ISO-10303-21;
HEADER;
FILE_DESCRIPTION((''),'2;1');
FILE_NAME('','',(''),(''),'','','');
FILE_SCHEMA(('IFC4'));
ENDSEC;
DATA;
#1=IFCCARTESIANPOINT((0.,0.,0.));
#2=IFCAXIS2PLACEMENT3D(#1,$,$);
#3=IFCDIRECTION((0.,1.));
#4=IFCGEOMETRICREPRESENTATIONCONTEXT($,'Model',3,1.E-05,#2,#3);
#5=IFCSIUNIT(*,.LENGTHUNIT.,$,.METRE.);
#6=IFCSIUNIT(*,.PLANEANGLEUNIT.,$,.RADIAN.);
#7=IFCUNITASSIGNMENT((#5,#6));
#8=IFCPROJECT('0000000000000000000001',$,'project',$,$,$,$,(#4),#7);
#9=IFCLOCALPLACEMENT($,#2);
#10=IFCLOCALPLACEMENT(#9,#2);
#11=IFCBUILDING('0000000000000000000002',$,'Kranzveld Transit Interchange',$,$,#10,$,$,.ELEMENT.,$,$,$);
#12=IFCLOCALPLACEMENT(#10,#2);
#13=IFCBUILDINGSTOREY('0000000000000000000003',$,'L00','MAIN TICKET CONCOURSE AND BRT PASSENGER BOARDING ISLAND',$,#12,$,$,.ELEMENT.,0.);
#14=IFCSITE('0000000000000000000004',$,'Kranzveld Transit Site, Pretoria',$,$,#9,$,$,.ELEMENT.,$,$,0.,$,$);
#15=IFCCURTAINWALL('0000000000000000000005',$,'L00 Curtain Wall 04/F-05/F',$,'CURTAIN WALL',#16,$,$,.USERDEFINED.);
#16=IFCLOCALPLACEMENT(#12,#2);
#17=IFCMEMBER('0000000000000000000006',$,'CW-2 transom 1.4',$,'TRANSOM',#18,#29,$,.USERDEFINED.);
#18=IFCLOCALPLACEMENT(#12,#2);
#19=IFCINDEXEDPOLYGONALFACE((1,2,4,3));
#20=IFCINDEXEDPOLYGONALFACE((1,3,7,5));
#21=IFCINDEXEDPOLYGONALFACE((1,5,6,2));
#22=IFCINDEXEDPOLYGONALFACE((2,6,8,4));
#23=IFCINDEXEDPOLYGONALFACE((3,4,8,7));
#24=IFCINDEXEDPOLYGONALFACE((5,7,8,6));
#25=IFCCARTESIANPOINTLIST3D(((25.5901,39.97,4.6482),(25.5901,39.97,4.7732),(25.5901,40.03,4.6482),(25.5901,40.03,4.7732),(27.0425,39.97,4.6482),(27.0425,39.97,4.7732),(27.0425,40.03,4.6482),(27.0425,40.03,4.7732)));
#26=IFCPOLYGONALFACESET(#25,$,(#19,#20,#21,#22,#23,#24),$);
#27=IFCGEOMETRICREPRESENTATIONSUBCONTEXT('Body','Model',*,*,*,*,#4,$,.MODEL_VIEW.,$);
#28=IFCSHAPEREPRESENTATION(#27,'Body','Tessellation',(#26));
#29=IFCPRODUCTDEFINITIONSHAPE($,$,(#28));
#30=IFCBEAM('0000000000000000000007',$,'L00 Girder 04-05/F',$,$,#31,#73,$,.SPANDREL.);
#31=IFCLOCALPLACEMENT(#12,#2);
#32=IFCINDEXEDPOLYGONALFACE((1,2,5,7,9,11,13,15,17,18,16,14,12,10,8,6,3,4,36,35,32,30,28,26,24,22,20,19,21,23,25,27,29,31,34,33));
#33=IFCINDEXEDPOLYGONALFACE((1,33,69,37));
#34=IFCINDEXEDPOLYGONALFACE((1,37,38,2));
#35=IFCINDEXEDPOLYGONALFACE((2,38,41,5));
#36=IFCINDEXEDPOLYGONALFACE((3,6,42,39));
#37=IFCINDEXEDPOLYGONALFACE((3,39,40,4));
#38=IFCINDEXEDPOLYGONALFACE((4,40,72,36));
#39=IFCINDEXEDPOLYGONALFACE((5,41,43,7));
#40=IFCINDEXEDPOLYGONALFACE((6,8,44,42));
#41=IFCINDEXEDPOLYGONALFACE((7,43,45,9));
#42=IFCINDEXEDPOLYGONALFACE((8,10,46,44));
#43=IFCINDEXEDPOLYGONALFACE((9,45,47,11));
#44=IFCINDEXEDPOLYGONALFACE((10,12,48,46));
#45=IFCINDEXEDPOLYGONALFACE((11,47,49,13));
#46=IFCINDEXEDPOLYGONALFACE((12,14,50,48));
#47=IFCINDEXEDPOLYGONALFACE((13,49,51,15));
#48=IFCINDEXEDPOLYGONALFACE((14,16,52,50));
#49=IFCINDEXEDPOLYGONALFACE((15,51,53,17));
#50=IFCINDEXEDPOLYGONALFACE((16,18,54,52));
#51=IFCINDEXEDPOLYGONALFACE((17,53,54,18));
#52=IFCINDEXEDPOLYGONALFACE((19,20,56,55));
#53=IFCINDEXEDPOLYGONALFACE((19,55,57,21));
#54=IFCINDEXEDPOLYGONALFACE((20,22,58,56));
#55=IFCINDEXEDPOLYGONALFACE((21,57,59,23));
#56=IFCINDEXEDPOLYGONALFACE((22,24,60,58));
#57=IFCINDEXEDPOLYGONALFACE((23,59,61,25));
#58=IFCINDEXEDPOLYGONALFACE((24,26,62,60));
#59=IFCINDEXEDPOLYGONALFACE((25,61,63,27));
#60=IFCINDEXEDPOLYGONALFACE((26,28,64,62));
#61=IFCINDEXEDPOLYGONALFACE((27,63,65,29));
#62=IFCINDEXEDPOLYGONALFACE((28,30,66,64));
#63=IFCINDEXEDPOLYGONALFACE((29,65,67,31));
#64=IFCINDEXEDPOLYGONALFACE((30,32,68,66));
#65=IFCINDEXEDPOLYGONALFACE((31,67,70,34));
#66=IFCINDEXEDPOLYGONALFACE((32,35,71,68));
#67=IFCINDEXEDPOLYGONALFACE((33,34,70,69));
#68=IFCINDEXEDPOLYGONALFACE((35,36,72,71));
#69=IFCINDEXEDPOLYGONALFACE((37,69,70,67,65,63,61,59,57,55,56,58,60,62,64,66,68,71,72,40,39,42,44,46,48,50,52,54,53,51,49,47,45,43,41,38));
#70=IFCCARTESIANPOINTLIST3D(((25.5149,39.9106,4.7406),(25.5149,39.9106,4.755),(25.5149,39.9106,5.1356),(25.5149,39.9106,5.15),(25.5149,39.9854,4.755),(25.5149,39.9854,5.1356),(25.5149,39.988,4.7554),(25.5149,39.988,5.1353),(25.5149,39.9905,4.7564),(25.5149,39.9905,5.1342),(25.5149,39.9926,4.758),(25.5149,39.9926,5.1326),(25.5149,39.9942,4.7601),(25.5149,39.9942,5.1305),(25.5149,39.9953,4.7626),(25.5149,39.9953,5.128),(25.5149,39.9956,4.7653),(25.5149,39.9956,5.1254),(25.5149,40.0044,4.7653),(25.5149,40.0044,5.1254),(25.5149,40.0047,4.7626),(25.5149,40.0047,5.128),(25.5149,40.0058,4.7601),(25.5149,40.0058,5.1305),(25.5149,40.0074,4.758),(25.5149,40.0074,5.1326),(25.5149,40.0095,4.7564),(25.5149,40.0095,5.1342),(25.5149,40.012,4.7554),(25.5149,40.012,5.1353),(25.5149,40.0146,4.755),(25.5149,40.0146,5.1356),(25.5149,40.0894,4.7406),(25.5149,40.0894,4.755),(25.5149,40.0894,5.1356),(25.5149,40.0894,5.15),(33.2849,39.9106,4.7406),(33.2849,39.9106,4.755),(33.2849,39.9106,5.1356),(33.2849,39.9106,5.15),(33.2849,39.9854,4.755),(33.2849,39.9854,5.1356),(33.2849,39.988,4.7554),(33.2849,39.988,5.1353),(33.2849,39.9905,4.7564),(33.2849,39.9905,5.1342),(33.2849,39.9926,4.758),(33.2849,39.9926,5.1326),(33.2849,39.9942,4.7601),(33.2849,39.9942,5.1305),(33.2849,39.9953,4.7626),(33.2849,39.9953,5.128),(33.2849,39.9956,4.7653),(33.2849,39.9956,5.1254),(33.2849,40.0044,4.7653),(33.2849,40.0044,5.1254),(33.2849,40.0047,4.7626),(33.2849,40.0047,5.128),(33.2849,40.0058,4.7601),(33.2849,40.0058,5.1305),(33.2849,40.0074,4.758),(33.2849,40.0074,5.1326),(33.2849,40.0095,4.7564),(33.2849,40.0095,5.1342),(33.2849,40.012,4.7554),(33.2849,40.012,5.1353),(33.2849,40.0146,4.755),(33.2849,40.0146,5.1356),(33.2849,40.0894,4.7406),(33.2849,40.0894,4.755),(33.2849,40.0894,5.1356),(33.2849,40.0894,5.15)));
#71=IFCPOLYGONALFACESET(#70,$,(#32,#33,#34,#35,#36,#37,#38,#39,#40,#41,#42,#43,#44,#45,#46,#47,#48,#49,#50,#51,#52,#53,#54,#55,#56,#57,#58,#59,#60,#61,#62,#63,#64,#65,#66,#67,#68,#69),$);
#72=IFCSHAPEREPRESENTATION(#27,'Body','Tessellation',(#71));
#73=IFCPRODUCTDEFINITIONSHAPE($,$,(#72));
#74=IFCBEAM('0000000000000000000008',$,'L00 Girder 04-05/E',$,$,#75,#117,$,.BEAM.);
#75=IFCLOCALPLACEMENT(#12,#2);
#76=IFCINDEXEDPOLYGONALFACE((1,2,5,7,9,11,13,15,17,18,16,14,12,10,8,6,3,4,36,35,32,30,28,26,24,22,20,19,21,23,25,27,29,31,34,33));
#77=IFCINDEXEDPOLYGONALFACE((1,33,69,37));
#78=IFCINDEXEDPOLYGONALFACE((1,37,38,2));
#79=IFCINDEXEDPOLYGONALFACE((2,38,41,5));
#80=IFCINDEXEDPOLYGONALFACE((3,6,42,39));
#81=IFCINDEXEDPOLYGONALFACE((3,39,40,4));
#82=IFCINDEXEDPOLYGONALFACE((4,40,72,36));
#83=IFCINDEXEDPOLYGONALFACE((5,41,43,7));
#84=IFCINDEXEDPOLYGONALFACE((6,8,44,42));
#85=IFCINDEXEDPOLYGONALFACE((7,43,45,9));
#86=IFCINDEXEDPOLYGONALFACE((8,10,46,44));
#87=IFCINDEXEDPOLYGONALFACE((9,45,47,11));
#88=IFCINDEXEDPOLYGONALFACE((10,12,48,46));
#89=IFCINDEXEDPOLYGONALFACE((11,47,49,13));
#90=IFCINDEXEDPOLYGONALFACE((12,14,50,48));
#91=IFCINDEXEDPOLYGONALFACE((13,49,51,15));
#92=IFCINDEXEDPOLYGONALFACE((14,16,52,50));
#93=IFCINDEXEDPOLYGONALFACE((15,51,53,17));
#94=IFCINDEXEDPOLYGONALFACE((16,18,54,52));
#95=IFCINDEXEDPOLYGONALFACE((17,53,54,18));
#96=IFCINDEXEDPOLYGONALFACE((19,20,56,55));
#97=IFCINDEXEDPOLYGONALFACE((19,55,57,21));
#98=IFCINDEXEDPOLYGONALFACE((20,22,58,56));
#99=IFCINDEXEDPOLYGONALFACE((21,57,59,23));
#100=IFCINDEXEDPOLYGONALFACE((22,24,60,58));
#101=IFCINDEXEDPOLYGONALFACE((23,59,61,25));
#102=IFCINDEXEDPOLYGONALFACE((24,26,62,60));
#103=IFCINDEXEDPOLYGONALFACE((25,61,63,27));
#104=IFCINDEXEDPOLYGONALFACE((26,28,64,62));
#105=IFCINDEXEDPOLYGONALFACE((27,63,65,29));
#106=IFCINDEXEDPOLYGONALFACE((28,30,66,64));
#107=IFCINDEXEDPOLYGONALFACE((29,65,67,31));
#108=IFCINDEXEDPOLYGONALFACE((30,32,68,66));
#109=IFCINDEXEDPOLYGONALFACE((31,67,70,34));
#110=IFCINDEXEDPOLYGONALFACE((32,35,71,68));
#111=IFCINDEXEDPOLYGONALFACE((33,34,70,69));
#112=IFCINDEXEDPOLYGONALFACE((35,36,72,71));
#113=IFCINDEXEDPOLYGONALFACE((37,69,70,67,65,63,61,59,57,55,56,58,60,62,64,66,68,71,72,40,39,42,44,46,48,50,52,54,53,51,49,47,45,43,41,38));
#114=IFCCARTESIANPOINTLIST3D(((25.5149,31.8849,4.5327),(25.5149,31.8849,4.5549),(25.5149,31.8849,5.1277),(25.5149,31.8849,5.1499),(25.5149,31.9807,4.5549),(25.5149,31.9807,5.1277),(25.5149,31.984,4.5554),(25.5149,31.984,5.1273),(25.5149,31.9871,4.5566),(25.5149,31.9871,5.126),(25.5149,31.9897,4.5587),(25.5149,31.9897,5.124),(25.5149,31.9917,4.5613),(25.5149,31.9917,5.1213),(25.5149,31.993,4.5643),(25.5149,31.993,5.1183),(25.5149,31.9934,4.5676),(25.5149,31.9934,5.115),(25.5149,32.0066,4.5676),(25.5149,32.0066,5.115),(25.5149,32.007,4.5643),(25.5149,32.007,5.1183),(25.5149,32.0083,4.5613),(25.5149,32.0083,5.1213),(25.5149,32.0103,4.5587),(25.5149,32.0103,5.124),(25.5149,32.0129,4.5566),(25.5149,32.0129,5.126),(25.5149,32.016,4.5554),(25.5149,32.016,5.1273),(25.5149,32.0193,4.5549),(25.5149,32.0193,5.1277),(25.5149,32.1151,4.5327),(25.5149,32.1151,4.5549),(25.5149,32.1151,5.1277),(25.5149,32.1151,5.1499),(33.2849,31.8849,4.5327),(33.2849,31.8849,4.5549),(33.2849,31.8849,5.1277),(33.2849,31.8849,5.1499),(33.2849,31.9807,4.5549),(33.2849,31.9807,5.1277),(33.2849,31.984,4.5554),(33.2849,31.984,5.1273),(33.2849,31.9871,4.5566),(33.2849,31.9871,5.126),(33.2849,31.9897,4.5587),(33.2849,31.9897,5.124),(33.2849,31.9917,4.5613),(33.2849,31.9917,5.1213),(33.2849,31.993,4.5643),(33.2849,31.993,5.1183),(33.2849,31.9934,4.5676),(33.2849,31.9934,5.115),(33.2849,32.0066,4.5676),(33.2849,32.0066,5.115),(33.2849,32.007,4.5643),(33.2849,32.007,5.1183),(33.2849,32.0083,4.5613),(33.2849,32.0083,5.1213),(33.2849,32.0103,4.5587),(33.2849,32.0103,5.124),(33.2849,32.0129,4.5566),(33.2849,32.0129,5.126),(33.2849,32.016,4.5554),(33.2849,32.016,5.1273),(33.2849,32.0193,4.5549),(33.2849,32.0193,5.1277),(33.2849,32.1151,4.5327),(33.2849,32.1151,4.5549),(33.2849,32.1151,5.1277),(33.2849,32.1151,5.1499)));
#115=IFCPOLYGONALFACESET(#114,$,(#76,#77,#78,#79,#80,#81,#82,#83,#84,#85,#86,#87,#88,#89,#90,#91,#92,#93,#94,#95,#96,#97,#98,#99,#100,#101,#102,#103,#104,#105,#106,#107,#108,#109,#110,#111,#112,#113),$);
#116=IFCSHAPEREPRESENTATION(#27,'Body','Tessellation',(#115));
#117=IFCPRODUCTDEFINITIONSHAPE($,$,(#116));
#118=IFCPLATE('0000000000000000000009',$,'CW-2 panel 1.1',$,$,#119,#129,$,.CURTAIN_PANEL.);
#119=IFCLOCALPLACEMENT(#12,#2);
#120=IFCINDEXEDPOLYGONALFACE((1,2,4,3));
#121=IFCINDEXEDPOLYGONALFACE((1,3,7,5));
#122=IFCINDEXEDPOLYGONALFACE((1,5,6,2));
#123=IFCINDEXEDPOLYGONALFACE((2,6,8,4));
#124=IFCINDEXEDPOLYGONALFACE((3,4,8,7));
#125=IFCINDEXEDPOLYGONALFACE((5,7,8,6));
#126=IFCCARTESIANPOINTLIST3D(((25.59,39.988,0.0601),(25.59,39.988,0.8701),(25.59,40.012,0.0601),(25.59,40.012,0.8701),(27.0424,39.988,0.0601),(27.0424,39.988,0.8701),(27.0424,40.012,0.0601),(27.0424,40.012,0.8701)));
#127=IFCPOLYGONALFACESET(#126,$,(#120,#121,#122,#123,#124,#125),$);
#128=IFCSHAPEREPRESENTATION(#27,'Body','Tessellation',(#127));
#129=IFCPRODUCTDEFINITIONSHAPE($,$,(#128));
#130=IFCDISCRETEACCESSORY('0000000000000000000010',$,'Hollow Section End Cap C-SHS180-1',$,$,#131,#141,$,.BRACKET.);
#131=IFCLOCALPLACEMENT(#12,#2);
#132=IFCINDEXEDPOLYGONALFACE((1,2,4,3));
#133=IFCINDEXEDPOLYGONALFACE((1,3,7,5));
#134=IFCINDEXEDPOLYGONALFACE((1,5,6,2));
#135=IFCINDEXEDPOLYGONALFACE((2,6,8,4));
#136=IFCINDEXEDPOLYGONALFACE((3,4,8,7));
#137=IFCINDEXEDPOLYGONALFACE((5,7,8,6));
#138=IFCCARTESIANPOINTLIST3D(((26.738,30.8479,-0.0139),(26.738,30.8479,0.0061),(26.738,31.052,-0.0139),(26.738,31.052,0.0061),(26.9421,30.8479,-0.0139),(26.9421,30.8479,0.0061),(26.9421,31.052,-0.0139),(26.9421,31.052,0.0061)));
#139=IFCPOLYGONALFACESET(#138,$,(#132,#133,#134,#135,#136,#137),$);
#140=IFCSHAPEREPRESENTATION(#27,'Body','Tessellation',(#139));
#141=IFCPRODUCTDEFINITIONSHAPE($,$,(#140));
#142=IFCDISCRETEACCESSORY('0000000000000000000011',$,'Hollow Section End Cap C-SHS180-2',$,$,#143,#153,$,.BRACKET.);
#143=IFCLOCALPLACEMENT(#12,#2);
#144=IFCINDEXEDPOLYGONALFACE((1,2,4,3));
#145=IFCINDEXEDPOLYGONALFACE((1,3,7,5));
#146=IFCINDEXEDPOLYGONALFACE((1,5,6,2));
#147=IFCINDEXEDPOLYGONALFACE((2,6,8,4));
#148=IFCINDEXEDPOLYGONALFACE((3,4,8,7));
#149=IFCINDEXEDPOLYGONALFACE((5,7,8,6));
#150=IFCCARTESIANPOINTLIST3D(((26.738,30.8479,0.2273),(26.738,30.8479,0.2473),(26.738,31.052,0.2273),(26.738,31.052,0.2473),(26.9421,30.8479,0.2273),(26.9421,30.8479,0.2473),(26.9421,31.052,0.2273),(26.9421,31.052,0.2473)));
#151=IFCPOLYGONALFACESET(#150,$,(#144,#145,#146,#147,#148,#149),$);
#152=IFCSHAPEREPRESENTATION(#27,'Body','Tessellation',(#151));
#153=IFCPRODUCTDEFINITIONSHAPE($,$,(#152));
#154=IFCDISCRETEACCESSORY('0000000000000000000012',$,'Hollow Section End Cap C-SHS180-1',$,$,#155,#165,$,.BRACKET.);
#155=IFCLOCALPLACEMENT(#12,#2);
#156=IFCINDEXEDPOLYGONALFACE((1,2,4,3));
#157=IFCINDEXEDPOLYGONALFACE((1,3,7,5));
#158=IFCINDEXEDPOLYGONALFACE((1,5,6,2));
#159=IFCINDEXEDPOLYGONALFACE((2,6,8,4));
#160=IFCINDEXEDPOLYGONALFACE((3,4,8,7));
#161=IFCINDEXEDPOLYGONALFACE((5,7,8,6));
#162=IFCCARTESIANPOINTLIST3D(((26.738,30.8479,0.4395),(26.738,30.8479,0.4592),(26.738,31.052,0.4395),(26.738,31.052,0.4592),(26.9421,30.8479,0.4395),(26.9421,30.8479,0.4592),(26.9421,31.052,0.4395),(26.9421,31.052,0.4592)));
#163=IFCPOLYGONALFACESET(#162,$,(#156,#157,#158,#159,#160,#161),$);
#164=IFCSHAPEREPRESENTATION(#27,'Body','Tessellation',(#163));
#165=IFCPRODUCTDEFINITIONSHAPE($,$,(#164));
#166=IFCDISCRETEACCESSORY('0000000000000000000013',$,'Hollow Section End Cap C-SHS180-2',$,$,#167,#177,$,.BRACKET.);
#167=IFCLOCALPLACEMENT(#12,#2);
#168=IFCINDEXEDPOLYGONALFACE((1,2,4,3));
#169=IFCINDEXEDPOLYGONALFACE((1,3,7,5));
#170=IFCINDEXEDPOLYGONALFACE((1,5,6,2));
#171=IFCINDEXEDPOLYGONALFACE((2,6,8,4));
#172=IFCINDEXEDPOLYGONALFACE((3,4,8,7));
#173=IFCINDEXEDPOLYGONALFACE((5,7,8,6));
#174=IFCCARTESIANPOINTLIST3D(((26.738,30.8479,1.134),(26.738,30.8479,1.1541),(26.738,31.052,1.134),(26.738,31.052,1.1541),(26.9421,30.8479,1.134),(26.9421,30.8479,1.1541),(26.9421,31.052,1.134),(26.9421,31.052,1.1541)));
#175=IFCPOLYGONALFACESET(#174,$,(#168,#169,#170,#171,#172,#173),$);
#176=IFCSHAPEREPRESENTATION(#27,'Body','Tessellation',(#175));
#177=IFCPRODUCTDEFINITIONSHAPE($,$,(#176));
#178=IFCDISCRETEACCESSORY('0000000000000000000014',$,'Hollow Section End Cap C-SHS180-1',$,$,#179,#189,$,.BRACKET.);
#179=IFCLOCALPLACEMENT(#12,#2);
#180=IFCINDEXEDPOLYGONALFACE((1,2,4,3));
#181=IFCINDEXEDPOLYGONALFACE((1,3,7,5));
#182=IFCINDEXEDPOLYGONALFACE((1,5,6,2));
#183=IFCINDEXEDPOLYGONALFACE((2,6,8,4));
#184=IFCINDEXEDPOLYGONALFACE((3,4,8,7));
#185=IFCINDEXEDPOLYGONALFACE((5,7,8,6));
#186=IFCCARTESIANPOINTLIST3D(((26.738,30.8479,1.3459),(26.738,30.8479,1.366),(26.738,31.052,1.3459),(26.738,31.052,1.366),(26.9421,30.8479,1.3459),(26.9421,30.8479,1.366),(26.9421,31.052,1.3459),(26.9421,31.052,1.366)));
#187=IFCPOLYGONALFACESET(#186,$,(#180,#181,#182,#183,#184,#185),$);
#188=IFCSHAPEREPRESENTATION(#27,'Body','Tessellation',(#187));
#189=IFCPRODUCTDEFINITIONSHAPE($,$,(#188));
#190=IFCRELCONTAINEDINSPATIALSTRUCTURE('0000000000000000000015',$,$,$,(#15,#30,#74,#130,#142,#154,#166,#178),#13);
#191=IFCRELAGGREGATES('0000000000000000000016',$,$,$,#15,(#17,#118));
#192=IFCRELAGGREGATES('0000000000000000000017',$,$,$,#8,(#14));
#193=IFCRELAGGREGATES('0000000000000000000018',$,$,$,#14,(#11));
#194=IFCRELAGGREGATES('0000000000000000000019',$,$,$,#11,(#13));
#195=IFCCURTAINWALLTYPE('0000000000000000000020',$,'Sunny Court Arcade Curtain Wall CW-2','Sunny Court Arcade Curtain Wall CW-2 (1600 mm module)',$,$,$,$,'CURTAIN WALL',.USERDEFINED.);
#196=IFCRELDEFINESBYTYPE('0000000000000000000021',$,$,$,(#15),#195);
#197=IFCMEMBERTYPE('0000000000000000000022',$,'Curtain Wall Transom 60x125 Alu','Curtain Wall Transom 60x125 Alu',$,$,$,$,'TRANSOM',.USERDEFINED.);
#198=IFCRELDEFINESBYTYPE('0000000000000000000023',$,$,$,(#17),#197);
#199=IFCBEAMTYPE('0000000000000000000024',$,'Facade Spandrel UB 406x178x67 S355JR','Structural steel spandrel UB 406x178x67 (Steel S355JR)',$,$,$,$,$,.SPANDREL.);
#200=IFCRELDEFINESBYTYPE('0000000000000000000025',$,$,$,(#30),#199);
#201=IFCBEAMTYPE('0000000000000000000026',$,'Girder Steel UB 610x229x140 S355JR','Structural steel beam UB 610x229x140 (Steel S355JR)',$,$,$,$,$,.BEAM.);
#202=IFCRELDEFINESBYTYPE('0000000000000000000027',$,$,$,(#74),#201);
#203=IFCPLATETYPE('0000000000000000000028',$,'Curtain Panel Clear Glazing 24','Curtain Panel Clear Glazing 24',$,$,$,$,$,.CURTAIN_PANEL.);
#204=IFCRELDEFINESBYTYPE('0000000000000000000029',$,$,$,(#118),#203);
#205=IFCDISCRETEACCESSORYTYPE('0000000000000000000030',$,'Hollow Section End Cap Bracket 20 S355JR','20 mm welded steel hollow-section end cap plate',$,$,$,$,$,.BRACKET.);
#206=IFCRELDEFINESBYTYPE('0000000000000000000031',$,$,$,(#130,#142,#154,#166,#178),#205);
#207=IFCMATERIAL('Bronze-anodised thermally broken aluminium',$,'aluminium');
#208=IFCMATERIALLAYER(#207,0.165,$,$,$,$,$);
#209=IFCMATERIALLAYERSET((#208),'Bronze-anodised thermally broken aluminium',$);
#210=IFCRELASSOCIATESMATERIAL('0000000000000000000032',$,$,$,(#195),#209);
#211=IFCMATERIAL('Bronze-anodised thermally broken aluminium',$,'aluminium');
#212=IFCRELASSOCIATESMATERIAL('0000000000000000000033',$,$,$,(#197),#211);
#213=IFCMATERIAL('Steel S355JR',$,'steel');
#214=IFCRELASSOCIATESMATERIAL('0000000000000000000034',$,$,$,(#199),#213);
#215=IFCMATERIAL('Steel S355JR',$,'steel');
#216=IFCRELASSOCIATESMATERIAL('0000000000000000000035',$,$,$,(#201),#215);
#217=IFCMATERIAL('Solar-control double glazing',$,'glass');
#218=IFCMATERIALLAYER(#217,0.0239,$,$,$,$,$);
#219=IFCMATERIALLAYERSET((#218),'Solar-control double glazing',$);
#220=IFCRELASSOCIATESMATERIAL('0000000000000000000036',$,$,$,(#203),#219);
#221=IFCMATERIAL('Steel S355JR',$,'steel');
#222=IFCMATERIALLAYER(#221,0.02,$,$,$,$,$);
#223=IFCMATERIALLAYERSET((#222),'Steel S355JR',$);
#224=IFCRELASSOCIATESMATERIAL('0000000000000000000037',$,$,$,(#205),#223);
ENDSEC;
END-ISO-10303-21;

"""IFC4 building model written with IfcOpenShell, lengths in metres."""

from ifc_helpers import new_model, si_unit, direction, frame, origin, origin_2d, place, context, subcontext, project, spatial, rectangle, i_section, extrude, material, layer, layer_set, material_profile, profile_set, type_object, element, aggregate, save


model = new_model("IFC4")

# Units and contexts
model_context = context("Model", 3, precision=1e-05, world=origin(), true_north=direction((0.0, 1.0)))
body_context = subcontext(model_context, "Body", "Model", "MODEL_VIEW")
ifc_project = project(units=[si_unit("LENGTHUNIT", "METRE"), si_unit("PLANEANGLEUNIT", "RADIAN")], contexts=[model_context])

# Site, building, storey
site_placement = place(None, origin())
site = spatial("IfcSite", under=ifc_project, at=site_placement, Name="Kranzveld Transit Site, Pretoria", CompositionType="ELEMENT", RefElevation=0.0)
building_placement = place(site_placement, origin())
building = spatial("IfcBuilding", under=site, at=building_placement, Name="Kranzveld Transit Interchange", CompositionType="ELEMENT")
storey_placement = place(building_placement, origin())
storey = spatial("IfcBuildingStorey", under=building, at=storey_placement, Name="L00", Description="MAIN TICKET CONCOURSE AND BRT PASSENGER BOARDING ISLAND", CompositionType="ELEMENT", Elevation=0.0)

# Curtain wall, member
ifc_material_1 = material(Name="Bronze-anodised thermally broken aluminium", Category="aluminium")
ifc_layer_1 = layer(ifc_material_1, 0.165)
ifc_layer_set_1 = layer_set([ifc_layer_1], Name="Bronze-anodised thermally broken aluminium")
curtain_wall_type = type_object("IfcCurtainWallType", Name="Sunny Court Arcade Curtain Wall CW-2", Description="Sunny Court Arcade Curtain Wall CW-2 (1600 mm module)", ElementType="CURTAIN WALL", PredefinedType="USERDEFINED", material=ifc_layer_set_1)
curtain_wall_placement = place(storey_placement, origin())
curtain_wall = element("IfcCurtainWall", 1, at=curtain_wall_placement, inside=storey, type_object=curtain_wall_type, Name="L00 Curtain Wall 04/F-05/F", ObjectType="CURTAIN WALL", PredefinedType="USERDEFINED")
ifc_material_2 = material(Name="Bronze-anodised thermally broken aluminium", Category="aluminium")
ifc_material_profile_1 = material_profile(ifc_material_2, rectangle(XDim=0.0601, YDim=0.125, at=origin_2d()), Name="ALU TRANSOM 60x125")
ifc_profile_set_1 = profile_set([ifc_material_profile_1], Name="Bronze-anodised thermally broken aluminium")
member_type_1 = type_object("IfcMemberType", Name="Curtain Wall Transom 60x125 Alu", Description="Curtain Wall Transom 60x125 Alu", ElementType="TRANSOM", PredefinedType="USERDEFINED", material=ifc_profile_set_1)
member_1_placement = place(storey_placement, frame((25.5901, 40.0, 4.7107), z_axis=(1.0, 0.0, 0.0), x_axis=(0.0, 1.0, 0.0)))
member_1 = element("IfcMember", 2, at=member_1_placement, type_object=member_type_1, Name="CW-2 transom 1.4", ObjectType="TRANSOM", PredefinedType="USERDEFINED", context=body_context, shape_type="SweptSolid", body=[
    extrude(rectangle(XDim=0.0601, YDim=0.125, at=origin_2d()), origin(), (0.0, 0.0, 1.0), 1.4524),
])

# Beams
ifc_material_3 = material(Name="Steel S355JR", Category="steel")
ifc_material_profile_2 = material_profile(ifc_material_3, i_section(OverallWidth=0.1787, OverallDepth=0.4094, WebThickness=0.0088, FlangeThickness=0.0144, FilletRadius=0.0103, at=origin_2d()), Name="UB 406x178x67")
ifc_profile_set_2 = profile_set([ifc_material_profile_2], Name="Steel S355JR")
beam_type_1 = type_object("IfcBeamType", Name="Facade Spandrel UB 406x178x67 S355JR", Description="Structural steel spandrel UB 406x178x67 (Steel S355JR)", PredefinedType="SPANDREL", material=ifc_profile_set_2)
beam_1_placement = place(storey_placement, frame((25.5149, 40.0, 4.9453), z_axis=(1.0, 0.0, 0.0), x_axis=(0.0, 1.0, 0.0)))
element("IfcBeam", 3, at=beam_1_placement, inside=storey, type_object=beam_type_1, Name="L00 Girder 04-05/F", PredefinedType="SPANDREL", context=body_context, shape_type="SweptSolid", body=[
    extrude(i_section(OverallWidth=0.1787, OverallDepth=0.4094, WebThickness=0.0088, FlangeThickness=0.0144, FilletRadius=0.0103, at=origin_2d()), origin(), (0.0, 0.0, 1.0), 7.77),
])
ifc_material_4 = material(Name="Steel S355JR", Category="steel")
ifc_material_profile_3 = material_profile(ifc_material_4, i_section(OverallWidth=0.2302, OverallDepth=0.6172, WebThickness=0.0132, FlangeThickness=0.0222, FilletRadius=0.0127, at=origin_2d()), Name="UB 610x229x140")
ifc_profile_set_3 = profile_set([ifc_material_profile_3], Name="Steel S355JR")
beam_type_2 = type_object("IfcBeamType", Name="Girder Steel UB 610x229x140 S355JR", Description="Structural steel beam UB 610x229x140 (Steel S355JR)", PredefinedType="BEAM", material=ifc_profile_set_3)
beam_2_placement = place(storey_placement, frame((25.5149, 32.0, 4.8413), z_axis=(1.0, 0.0, 0.0), x_axis=(0.0, 1.0, 0.0)))
element("IfcBeam", 4, at=beam_2_placement, inside=storey, type_object=beam_type_2, Name="L00 Girder 04-05/E", PredefinedType="BEAM", context=body_context, shape_type="SweptSolid", body=[
    extrude(i_section(OverallWidth=0.2302, OverallDepth=0.6172, WebThickness=0.0132, FlangeThickness=0.0222, FilletRadius=0.0127, at=origin_2d()), origin(), (0.0, 0.0, 1.0), 7.77),
])

# Plate
ifc_material_5 = material(Name="Solar-control double glazing", Category="glass")
ifc_layer_2 = layer(ifc_material_5, 0.0239)
ifc_layer_set_2 = layer_set([ifc_layer_2], Name="Solar-control double glazing")
plate_type = type_object("IfcPlateType", Name="Curtain Panel Clear Glazing 24", Description="Curtain Panel Clear Glazing 24", PredefinedType="CURTAIN_PANEL", material=ifc_layer_set_2)
plate_placement = place(storey_placement, frame((26.3162, 40.0, 0.0601), z_axis=(0.0, 0.0, 1.0), x_axis=(1.0, 0.0, 0.0)))
plate = element("IfcPlate", 5, at=plate_placement, type_object=plate_type, Name="CW-2 panel 1.1", PredefinedType="CURTAIN_PANEL", context=body_context, shape_type="SweptSolid", body=[
    extrude(rectangle(XDim=1.4524, YDim=0.0239, at=origin_2d()), origin(), (0.0, 0.0, 1.0), 0.8101),
])
aggregate(curtain_wall, [member_1, plate])

# Discrete accessories
ifc_material_6 = material(Name="Steel S355JR", Category="steel")
ifc_layer_3 = layer(ifc_material_6, 0.02)
ifc_layer_set_3 = layer_set([ifc_layer_3], Name="Steel S355JR")
discrete_accessory_type = type_object("IfcDiscreteAccessoryType", Name="Hollow Section End Cap Bracket 20 S355JR", Description="20 mm welded steel hollow-section end cap plate", PredefinedType="BRACKET", material=ifc_layer_set_3)
for number, where, z_axis, x_axis, name in (
    (6, (26.8401, 30.95, 0.0061), (0.0, 0.0, -1.0), (1.0, 0.0, 0.0), "Hollow Section End Cap C-SHS180-1"),
    (7, (26.8401, 30.95, 0.2273), (0.0, 0.0, 1.0), (1.0, 0.0, 0.0), "Hollow Section End Cap C-SHS180-2"),
):
    element("IfcDiscreteAccessory", number, at=place(storey_placement, frame(where, z_axis=z_axis, x_axis=x_axis)), inside=storey, type_object=discrete_accessory_type, Name=name, PredefinedType="BRACKET", context=body_context, shape_type="SweptSolid", body=[
        extrude(rectangle(XDim=0.2041, YDim=0.2041, at=origin_2d()), origin(), (0.0, 0.0, 1.0), 0.02),
    ])
discrete_accessory_1_placement = place(storey_placement, frame((26.8401, 30.95, 0.4592), z_axis=(0.0, 0.0, -1.0), x_axis=(1.0, 0.0, 0.0)))
element("IfcDiscreteAccessory", 8, at=discrete_accessory_1_placement, inside=storey, type_object=discrete_accessory_type, Name="Hollow Section End Cap C-SHS180-1", PredefinedType="BRACKET", context=body_context, shape_type="SweptSolid", body=[
    extrude(rectangle(XDim=0.2041, YDim=0.2041, at=origin_2d()), origin(), (0.0, 0.0, 1.0), 0.0198),
])
for number, where, z_axis, x_axis, name in (
    (9, (26.8401, 30.95, 1.134), (0.0, 0.0, 1.0), (1.0, 0.0, 0.0), "Hollow Section End Cap C-SHS180-2"),
    (10, (26.8401, 30.95, 1.366), (0.0, 0.0, -1.0), (1.0, 0.0, 0.0), "Hollow Section End Cap C-SHS180-1"),
):
    element("IfcDiscreteAccessory", number, at=place(storey_placement, frame(where, z_axis=z_axis, x_axis=x_axis)), inside=storey, type_object=discrete_accessory_type, Name=name, PredefinedType="BRACKET", context=body_context, shape_type="SweptSolid", body=[
        extrude(rectangle(XDim=0.2041, YDim=0.2041, at=origin_2d()), origin(), (0.0, 0.0, 1.0), 0.02),
    ])

save(model, "model.ifc")
